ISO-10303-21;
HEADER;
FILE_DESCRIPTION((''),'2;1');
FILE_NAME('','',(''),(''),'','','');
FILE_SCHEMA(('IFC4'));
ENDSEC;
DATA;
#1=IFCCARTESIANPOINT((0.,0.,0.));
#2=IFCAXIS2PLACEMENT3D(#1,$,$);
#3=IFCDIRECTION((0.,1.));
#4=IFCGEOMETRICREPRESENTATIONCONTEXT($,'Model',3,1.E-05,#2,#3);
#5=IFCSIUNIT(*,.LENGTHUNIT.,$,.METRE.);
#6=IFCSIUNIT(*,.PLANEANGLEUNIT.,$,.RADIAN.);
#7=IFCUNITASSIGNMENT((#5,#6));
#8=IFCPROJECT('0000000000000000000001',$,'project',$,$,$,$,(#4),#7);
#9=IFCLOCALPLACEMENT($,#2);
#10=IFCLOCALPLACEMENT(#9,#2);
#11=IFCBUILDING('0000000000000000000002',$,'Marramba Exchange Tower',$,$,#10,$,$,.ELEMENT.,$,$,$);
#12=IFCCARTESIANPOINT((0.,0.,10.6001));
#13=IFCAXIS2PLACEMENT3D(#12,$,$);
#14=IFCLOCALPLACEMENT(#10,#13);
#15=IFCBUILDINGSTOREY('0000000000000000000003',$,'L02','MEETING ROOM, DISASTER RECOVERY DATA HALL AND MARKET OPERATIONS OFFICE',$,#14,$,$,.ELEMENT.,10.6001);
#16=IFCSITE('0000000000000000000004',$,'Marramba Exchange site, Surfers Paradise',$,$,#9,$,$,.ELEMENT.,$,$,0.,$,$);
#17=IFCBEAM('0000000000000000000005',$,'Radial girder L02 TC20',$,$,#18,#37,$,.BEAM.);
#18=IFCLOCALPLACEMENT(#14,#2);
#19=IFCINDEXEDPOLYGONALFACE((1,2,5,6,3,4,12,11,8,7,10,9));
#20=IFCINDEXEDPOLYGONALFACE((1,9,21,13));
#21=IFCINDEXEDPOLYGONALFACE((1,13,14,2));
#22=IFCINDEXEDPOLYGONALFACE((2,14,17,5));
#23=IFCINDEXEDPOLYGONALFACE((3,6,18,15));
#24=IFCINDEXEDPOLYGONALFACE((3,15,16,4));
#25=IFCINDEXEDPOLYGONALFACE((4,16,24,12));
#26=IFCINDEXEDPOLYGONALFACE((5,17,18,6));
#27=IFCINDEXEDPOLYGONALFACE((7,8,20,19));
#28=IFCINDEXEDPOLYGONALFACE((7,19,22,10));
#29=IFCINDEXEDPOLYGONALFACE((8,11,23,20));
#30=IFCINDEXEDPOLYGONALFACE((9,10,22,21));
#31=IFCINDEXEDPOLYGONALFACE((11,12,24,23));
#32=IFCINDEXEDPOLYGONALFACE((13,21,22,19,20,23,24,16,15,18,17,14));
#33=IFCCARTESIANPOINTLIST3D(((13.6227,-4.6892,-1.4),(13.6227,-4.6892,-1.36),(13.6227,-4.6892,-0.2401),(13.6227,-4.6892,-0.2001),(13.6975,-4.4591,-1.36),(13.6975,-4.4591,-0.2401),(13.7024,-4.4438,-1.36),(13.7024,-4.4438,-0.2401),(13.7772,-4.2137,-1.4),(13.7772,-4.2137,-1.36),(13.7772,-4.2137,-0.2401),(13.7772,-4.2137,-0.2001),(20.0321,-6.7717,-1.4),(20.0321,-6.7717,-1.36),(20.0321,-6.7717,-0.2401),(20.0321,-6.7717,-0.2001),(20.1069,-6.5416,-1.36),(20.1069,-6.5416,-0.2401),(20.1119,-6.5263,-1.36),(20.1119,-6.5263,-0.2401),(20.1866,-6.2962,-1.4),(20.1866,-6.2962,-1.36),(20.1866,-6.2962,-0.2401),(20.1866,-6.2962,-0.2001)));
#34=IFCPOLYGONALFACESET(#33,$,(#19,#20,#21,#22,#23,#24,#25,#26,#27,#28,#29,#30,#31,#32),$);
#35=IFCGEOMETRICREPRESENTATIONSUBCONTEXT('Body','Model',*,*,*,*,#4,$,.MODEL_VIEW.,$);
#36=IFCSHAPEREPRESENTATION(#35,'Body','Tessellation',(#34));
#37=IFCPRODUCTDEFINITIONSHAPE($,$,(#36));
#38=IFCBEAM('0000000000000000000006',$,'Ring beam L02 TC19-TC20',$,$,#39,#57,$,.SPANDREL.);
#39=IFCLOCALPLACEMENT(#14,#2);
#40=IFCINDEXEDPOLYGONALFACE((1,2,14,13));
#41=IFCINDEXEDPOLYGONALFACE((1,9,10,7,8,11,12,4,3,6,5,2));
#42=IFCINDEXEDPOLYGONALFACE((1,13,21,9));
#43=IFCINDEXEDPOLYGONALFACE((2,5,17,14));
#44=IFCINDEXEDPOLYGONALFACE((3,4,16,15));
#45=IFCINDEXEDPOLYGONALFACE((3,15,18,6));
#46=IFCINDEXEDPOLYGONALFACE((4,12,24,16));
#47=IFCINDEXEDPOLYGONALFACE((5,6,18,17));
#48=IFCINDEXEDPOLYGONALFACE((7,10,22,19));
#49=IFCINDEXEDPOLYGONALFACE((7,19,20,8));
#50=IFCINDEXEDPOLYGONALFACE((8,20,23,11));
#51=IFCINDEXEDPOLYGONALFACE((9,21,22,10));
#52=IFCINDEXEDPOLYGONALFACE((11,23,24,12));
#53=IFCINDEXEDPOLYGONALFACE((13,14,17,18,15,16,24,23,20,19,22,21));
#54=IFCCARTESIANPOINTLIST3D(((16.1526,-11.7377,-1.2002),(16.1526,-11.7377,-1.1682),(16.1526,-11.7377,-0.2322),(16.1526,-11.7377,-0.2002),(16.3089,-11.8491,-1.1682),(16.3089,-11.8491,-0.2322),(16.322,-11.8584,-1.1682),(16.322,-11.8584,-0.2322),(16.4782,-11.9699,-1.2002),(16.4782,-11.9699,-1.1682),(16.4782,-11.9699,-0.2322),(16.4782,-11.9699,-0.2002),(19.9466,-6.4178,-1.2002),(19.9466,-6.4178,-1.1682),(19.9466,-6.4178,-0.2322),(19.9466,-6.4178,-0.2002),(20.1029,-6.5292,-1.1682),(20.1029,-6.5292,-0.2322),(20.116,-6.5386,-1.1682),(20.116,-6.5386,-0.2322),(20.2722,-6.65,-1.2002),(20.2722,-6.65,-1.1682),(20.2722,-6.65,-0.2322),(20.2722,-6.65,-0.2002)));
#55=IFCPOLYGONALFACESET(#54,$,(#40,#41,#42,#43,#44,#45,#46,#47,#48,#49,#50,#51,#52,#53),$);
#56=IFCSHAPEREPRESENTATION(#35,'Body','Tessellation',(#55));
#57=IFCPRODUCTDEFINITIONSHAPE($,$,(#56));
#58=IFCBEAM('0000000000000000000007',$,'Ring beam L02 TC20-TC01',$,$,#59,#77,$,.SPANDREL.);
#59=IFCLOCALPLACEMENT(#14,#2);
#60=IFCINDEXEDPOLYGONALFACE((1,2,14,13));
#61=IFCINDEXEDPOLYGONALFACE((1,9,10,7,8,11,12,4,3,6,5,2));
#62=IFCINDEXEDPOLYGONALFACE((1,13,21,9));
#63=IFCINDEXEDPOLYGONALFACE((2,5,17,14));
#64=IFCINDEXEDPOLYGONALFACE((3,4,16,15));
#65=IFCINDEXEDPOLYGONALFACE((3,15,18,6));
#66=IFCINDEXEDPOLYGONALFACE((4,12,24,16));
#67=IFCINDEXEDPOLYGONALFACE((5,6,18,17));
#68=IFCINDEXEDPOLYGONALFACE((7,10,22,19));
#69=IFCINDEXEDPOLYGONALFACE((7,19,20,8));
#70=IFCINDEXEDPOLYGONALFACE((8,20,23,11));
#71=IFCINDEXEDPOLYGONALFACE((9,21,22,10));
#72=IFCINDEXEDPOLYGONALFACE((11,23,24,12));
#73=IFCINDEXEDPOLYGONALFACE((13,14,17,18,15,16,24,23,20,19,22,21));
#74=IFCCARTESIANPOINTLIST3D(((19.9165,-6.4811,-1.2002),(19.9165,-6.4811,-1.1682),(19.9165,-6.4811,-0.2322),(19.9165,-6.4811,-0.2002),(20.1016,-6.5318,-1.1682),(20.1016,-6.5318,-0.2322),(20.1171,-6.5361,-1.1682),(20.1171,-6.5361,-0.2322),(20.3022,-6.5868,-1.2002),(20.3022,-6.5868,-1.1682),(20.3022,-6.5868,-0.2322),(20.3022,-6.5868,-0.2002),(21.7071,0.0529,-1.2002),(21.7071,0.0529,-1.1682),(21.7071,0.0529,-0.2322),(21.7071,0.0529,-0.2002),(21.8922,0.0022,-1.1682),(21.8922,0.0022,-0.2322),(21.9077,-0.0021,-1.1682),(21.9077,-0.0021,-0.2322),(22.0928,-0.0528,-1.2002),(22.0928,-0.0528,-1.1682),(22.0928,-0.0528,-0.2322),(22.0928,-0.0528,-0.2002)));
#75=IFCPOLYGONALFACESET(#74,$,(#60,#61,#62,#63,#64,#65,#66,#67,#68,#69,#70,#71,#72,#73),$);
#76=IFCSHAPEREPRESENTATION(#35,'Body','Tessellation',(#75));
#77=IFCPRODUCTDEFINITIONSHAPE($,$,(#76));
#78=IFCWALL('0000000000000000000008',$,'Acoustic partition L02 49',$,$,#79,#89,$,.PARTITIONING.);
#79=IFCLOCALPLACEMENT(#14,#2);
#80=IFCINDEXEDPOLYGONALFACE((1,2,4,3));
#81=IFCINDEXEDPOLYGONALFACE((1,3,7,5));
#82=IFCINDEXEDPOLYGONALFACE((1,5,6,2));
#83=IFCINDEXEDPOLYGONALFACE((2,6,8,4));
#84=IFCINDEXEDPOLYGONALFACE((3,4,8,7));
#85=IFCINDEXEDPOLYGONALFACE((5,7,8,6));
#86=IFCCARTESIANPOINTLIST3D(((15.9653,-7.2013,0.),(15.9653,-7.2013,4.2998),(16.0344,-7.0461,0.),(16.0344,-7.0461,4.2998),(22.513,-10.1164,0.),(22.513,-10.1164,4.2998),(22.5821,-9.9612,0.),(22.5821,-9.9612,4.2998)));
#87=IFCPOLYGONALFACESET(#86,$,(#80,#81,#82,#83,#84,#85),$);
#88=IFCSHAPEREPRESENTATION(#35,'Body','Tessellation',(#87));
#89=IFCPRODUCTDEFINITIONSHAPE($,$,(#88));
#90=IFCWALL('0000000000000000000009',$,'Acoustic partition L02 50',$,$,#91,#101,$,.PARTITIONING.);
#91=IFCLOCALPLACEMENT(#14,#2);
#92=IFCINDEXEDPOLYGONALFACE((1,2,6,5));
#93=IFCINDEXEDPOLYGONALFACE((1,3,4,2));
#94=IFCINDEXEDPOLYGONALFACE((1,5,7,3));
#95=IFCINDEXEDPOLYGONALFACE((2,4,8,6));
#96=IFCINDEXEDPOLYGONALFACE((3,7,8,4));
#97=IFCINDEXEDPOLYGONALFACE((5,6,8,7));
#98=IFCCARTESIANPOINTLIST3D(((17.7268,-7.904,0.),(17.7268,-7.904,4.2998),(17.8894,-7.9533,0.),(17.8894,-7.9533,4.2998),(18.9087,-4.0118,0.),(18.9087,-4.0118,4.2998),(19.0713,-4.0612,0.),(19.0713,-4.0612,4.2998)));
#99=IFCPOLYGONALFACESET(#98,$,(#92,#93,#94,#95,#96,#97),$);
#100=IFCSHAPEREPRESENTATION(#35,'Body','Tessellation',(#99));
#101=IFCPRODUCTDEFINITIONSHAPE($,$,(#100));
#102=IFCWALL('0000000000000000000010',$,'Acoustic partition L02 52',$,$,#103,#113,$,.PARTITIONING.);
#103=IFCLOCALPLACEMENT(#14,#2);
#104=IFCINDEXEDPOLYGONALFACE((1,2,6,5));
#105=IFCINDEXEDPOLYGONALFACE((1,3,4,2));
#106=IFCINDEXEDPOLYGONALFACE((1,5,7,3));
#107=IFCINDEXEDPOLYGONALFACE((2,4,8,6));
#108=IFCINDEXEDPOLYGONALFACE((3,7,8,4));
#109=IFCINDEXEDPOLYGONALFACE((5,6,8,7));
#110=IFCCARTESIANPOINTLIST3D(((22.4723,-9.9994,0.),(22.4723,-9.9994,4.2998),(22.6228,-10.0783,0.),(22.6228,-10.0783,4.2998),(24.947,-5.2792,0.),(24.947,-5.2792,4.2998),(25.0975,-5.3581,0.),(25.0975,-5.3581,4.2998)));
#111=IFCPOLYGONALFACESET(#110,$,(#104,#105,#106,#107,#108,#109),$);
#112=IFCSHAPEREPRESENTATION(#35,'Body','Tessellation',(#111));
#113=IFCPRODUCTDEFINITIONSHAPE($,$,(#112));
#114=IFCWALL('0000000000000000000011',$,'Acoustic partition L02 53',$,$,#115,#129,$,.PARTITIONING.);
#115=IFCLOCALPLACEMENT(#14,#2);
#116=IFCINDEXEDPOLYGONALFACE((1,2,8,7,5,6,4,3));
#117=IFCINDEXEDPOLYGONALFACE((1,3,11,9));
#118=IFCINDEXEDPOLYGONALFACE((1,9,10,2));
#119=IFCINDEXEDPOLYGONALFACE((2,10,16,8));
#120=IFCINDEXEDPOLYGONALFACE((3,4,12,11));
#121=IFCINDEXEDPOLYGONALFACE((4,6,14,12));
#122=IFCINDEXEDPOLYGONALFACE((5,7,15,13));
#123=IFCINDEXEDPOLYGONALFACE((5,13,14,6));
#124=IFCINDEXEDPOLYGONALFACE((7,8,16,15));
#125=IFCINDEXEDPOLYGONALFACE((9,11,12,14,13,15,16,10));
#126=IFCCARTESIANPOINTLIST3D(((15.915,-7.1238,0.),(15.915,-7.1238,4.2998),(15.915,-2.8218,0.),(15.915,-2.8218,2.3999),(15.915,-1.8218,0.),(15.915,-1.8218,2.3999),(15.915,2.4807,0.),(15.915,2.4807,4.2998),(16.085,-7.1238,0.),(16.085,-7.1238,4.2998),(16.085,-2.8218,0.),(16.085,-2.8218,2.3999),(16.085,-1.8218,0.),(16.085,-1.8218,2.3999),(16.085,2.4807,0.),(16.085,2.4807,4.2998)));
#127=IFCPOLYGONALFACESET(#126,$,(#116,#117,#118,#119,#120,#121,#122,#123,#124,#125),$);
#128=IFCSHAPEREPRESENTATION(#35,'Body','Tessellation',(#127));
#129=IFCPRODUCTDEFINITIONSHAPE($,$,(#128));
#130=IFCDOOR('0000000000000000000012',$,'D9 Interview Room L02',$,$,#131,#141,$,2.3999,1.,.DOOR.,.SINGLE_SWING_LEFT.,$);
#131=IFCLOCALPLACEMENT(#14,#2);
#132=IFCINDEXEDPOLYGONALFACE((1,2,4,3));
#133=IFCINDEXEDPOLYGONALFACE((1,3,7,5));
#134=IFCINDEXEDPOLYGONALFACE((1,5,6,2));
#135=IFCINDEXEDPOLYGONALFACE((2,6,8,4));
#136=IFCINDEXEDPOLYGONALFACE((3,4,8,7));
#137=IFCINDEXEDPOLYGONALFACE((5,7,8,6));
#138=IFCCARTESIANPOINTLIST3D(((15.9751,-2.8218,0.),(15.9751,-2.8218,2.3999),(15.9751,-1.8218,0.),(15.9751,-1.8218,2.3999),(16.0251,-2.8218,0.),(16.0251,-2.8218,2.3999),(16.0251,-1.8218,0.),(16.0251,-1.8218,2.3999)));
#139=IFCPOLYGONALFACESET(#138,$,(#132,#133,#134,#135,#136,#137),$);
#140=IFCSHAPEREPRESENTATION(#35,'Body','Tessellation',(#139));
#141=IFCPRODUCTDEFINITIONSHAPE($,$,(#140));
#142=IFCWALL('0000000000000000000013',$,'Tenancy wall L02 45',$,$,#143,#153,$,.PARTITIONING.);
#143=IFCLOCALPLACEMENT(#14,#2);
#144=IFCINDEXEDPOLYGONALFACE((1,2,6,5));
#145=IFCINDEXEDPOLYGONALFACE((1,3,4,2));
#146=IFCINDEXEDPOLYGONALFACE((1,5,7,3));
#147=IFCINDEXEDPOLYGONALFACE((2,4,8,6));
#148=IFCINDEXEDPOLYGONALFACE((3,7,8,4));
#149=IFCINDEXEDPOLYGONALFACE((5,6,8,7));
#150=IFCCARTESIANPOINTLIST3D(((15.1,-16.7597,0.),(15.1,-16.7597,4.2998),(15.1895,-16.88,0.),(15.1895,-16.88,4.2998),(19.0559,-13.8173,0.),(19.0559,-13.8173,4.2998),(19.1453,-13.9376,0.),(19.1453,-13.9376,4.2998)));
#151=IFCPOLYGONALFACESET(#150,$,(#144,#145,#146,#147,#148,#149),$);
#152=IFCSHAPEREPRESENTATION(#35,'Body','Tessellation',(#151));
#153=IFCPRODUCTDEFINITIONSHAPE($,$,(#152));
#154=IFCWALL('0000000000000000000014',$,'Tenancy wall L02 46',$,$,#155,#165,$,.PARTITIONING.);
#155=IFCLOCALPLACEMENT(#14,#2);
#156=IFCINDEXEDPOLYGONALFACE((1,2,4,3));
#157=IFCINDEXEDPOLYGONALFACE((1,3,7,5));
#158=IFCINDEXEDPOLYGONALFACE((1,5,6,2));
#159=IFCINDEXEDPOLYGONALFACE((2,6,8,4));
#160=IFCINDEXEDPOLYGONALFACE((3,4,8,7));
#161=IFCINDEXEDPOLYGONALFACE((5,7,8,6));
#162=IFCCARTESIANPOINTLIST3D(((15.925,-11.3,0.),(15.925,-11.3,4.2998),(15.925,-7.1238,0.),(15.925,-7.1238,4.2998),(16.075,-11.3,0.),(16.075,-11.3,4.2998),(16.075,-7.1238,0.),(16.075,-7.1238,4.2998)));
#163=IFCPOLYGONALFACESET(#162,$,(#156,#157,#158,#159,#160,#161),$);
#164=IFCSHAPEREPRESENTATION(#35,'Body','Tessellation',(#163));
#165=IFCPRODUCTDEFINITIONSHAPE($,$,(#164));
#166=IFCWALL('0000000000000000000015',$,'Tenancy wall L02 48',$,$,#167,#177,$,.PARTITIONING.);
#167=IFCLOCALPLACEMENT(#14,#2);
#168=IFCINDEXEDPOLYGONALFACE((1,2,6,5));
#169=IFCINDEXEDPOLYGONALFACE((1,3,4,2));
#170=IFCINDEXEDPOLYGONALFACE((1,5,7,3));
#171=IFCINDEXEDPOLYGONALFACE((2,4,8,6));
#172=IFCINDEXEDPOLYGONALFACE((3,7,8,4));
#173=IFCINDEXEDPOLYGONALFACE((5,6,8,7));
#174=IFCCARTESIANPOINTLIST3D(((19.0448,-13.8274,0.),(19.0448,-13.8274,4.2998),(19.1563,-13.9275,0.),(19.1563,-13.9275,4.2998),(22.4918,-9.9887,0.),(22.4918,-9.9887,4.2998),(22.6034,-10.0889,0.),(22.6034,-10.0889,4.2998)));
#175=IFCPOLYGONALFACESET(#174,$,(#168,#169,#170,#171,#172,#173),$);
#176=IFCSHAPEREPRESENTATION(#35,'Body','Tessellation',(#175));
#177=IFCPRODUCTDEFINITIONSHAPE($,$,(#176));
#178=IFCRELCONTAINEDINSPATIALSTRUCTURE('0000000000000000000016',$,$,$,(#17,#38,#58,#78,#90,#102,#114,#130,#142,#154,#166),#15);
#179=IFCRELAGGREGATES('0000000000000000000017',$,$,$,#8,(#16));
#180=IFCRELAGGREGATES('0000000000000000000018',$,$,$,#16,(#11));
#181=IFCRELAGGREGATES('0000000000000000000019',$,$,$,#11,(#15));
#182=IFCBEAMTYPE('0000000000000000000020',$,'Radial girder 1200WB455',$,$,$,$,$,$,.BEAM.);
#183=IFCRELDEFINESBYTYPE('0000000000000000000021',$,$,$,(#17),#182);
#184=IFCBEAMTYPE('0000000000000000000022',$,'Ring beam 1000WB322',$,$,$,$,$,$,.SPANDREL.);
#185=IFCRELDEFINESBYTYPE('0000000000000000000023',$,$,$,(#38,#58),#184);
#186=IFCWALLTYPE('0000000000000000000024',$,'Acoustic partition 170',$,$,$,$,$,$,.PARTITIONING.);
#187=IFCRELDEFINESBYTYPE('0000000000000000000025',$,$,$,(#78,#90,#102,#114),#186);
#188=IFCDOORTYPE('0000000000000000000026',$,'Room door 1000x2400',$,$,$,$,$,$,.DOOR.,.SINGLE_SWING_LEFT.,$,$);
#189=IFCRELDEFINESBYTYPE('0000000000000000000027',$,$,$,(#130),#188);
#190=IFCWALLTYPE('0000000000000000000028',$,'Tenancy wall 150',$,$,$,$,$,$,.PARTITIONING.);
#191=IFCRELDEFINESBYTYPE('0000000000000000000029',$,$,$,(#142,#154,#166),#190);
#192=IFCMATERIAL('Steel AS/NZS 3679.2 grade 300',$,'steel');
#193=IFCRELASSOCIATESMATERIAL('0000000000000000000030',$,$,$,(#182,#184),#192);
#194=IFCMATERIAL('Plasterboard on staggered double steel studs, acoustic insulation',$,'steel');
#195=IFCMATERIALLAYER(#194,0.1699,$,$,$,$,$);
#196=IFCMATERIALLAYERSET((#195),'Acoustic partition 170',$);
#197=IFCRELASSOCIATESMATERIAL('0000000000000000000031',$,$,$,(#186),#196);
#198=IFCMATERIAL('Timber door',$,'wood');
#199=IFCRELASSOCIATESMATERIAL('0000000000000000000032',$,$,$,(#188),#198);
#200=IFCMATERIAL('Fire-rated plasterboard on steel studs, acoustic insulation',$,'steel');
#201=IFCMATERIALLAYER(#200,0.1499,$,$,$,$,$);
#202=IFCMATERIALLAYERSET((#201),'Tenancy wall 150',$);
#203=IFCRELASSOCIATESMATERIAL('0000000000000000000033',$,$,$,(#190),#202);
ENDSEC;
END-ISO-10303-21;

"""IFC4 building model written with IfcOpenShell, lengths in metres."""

from ifc_helpers import new_model, si_unit, direction, frame, frame_2d, origin, origin_2d, place, context, subcontext, project, spatial, rectangle, i_section, extrude, material, layer, layer_set, material_profile, profile_set, type_object, element, fill, save


model = new_model("IFC4")

# Units and contexts
model_context = context("Model", 3, precision=1e-05, world=origin(), true_north=direction((0.0, 1.0)))
body_context = subcontext(model_context, "Body", "Model", "MODEL_VIEW")
ifc_project = project(units=[si_unit("LENGTHUNIT", "METRE"), si_unit("PLANEANGLEUNIT", "RADIAN")], contexts=[model_context])

# Site, building, storey
site_placement = place(None, origin())
site = spatial("IfcSite", under=ifc_project, at=site_placement, Name="Marramba Exchange site, Surfers Paradise", CompositionType="ELEMENT", RefElevation=0.0)
building_placement = place(site_placement, origin())
building = spatial("IfcBuilding", under=site, at=building_placement, Name="Marramba Exchange Tower", CompositionType="ELEMENT")
storey_placement = place(building_placement, frame((0.0, 0.0, 10.6001)))
storey = spatial("IfcBuildingStorey", under=building, at=storey_placement, Name="L02", Description="MEETING ROOM, DISASTER RECOVERY DATA HALL AND MARKET OPERATIONS OFFICE", CompositionType="ELEMENT", Elevation=10.6001)

# Beams
ifc_material_1 = material(Name="Steel AS/NZS 3679.2 grade 300", Category="steel")
ifc_material_profile_1 = material_profile(ifc_material_1, i_section(OverallWidth=0.5, OverallDepth=1.2, WebThickness=0.0161, FlangeThickness=0.04, at=origin_2d()), Name="1200WB455")
ifc_profile_set_1 = profile_set([ifc_material_profile_1], Name="Steel AS/NZS 3679.2 grade 300")
beam_type_1 = type_object("IfcBeamType", Name="Radial girder 1200WB455", PredefinedType="BEAM", material=ifc_profile_set_1)
beam_1_placement = place(storey_placement, frame((13.7, -4.4514, -0.8), z_axis=(0.951058, -0.309013, 0.0), x_axis=(0.309013, 0.951058, 0.0)))
element("IfcBeam", 1, at=beam_1_placement, inside=storey, type_object=beam_type_1, Name="Radial girder L02 TC20", PredefinedType="BEAM", context=body_context, shape_type="SweptSolid", body=[
    extrude(i_section(OverallWidth=0.5, OverallDepth=1.2, WebThickness=0.0161, FlangeThickness=0.04, at=origin_2d()), origin(), (0.0, 0.0, 1.0), 6.7393),
])
ifc_material_profile_2 = material_profile(ifc_material_1, i_section(OverallWidth=0.3999, OverallDepth=1.0, WebThickness=0.0161, FlangeThickness=0.032, at=origin_2d()), Name="1000WB322")
ifc_profile_set_2 = profile_set([ifc_material_profile_2], Name="Steel AS/NZS 3679.2 grade 300")
beam_type_2 = type_object("IfcBeamType", Name="Ring beam 1000WB322", PredefinedType="SPANDREL", material=ifc_profile_set_2)
beam_2_placement = place(storey_placement, frame((16.3154, -11.8538, -0.7002), z_axis=(0.580637, 0.814162, 0.0), x_axis=(-0.814162, 0.580637, 0.0)))
element("IfcBeam", 2, at=beam_2_placement, inside=storey, type_object=beam_type_2, Name="Ring beam L02 TC19-TC20", PredefinedType="SPANDREL", context=body_context, shape_type="SweptSolid", body=[
    extrude(i_section(OverallWidth=0.3999, OverallDepth=1.0, WebThickness=0.0161, FlangeThickness=0.032, at=origin_2d()), origin(), (0.0, 0.0, 1.0), 6.5342),
])
beam_3_placement = place(storey_placement, frame((20.1094, -6.5339, -0.7002), z_axis=(0.264291, 0.964443, 0.0), x_axis=(-0.964443, 0.264291, 0.0)))
element("IfcBeam", 3, at=beam_3_placement, inside=storey, type_object=beam_type_2, Name="Ring beam L02 TC20-TC01", PredefinedType="SPANDREL", context=body_context, shape_type="SweptSolid", body=[
    extrude(i_section(OverallWidth=0.3999, OverallDepth=1.0, WebThickness=0.0161, FlangeThickness=0.032, at=origin_2d()), origin(), (0.0, 0.0, 1.0), 6.7749),
])

# Walls
ifc_material_2 = material(Name="Plasterboard on staggered double steel studs, acoustic insulation", Category="steel")
ifc_layer_1 = layer(ifc_material_2, 0.1699)
ifc_layer_set_1 = layer_set([ifc_layer_1], Name="Acoustic partition 170")
wall_type_1 = type_object("IfcWallType", Name="Acoustic partition 170", PredefinedType="PARTITIONING", material=ifc_layer_set_1)
wall_1_placement = place(storey_placement, frame((16.0, -7.1238, 0.0), z_axis=(0.0, 0.0, 1.0), x_axis=(0.913553, -0.40672, 0.0)))
element("IfcWall", 4, at=wall_1_placement, inside=storey, type_object=wall_type_1, Name="Acoustic partition L02 49", PredefinedType="PARTITIONING", context=body_context, shape_type="SweptSolid", body=[
    extrude(rectangle(XDim=7.1672, YDim=0.1699, at=frame_2d((3.5835, 0.0))), origin(), (0.0, 0.0, 1.0), 4.2998),
])
wall_2_placement = place(storey_placement, frame((18.99, -4.0366, 0.0), z_axis=(0.0, 0.0, 1.0), x_axis=(-0.290562, -0.956856, 0.0)))
element("IfcWall", 5, at=wall_2_placement, inside=storey, type_object=wall_type_1, Name="Acoustic partition L02 50", PredefinedType="PARTITIONING", context=body_context, shape_type="SweptSolid", body=[
    extrude(rectangle(XDim=4.0676, YDim=0.1699, at=frame_2d((2.0337, 0.0))), origin(), (0.0, 0.0, 1.0), 4.2998),
])
wall_3_placement = place(storey_placement, frame((25.0222, -5.3186, 0.0), z_axis=(0.0, 0.0, 1.0), x_axis=(-0.464318, -0.885668, 0.0)))
element("IfcWall", 6, at=wall_3_placement, inside=storey, type_object=wall_type_1, Name="Acoustic partition L02 52", PredefinedType="PARTITIONING", context=body_context, shape_type="SweptSolid", body=[
    extrude(rectangle(XDim=5.3296, YDim=0.1699, at=frame_2d((2.6648, 0.0))), origin(), (0.0, 0.0, 1.0), 4.2998),
])

# Wall, opening, door
wall_4_placement = place(storey_placement, frame((16.0, -7.1238, 0.0), z_axis=(0.0, 0.0, 1.0), x_axis=(0.0, 1.0, 0.0)))
wall_4 = element("IfcWall", 7, at=wall_4_placement, inside=storey, type_object=wall_type_1, Name="Acoustic partition L02 53", PredefinedType="PARTITIONING", context=body_context, shape_type="SweptSolid", body=[
    extrude(rectangle(XDim=9.6045, YDim=0.1699, at=frame_2d((4.8022, 0.0))), origin(), (0.0, 0.0, 1.0), 4.2998),
])
opening_1_placement = place(wall_4_placement, frame((4.302, 0.0, 0.0)))
opening_1 = element("IfcOpeningElement", 8, at=opening_1_placement, cuts=wall_4, PredefinedType="OPENING", context=body_context, shape_type="SweptSolid", body=[
    extrude(rectangle(XDim=1.0, YDim=2.3999, at=frame_2d((0.5, 1.2))), frame((0.0, 0.095, 0.0), z_axis=(0.0, -1.0, 0.0), x_axis=(1.0, 0.0, 0.0)), (0.0, 0.0, 1.0), 0.1899),
])
ifc_material_3 = material(Name="Timber door", Category="wood")
door_type_1 = type_object("IfcDoorType", Name="Room door 1000x2400", OperationType="SINGLE_SWING_LEFT", PredefinedType="DOOR", material=ifc_material_3)
door_1_placement = place(opening_1_placement, frame((1.0, 0.0, 0.0), z_axis=(0.0, 0.0, 1.0), x_axis=(-1.0, 0.0, 0.0)))
door_1 = element("IfcDoor", 9, at=door_1_placement, inside=storey, type_object=door_type_1, Name="D9 Interview Room L02", OperationType="SINGLE_SWING_LEFT", OverallHeight=2.3999, OverallWidth=1.0, PredefinedType="DOOR", context=body_context, shape_type="SweptSolid", body=[
    extrude(rectangle(XDim=1.0, YDim=2.3999, at=frame_2d((0.5, 1.2))), frame((0.0, 0.0251, 0.0), z_axis=(0.0, -1.0, 0.0), x_axis=(1.0, 0.0, 0.0)), (0.0, 0.0, 1.0), 0.05),
])
fill(opening_1, door_1)

# Walls
ifc_material_4 = material(Name="Fire-rated plasterboard on steel studs, acoustic insulation", Category="steel")
ifc_layer_2 = layer(ifc_material_4, 0.1499)
ifc_layer_set_2 = layer_set([ifc_layer_2], Name="Tenancy wall 150")
wall_type_2 = type_object("IfcWallType", Name="Tenancy wall 150", PredefinedType="PARTITIONING", material=ifc_layer_set_2)
wall_5_placement = place(storey_placement, frame((19.1006, -13.8774, 0.0), z_axis=(0.0, 0.0, 1.0), x_axis=(-0.802377, -0.596818, 0.0)))
element("IfcWall", 10, at=wall_5_placement, inside=storey, type_object=wall_type_2, Name="Tenancy wall L02 45", PredefinedType="PARTITIONING", context=body_context, shape_type="SweptSolid", body=[
    extrude(rectangle(XDim=4.9302, YDim=0.1499, at=frame_2d((2.4651, 0.0))), origin(), (0.0, 0.0, 1.0), 4.2998),
])
wall_6_placement = place(storey_placement, frame((16.0, -11.3, 0.0), z_axis=(0.0, 0.0, 1.0), x_axis=(0.0, 1.0, 0.0)))
element("IfcWall", 11, at=wall_6_placement, inside=storey, type_object=wall_type_2, Name="Tenancy wall L02 46", PredefinedType="PARTITIONING", context=body_context, shape_type="SweptSolid", body=[
    extrude(rectangle(XDim=4.1763, YDim=0.1499, at=frame_2d((2.0881, 0.0))), origin(), (0.0, 0.0, 1.0), 4.2998),
])
wall_7_placement = place(storey_placement, frame((22.5476, -10.0388, 0.0), z_axis=(0.0, 0.0, 1.0), x_axis=(-0.668136, -0.74404, 0.0)))
element("IfcWall", 12, at=wall_7_placement, inside=storey, type_object=wall_type_2, Name="Tenancy wall L02 48", PredefinedType="PARTITIONING", context=body_context, shape_type="SweptSolid", body=[
    extrude(rectangle(XDim=5.1592, YDim=0.1499, at=frame_2d((2.5796, 0.0))), origin(), (0.0, 0.0, 1.0), 4.2998),
])

save(model, "model.ifc")
